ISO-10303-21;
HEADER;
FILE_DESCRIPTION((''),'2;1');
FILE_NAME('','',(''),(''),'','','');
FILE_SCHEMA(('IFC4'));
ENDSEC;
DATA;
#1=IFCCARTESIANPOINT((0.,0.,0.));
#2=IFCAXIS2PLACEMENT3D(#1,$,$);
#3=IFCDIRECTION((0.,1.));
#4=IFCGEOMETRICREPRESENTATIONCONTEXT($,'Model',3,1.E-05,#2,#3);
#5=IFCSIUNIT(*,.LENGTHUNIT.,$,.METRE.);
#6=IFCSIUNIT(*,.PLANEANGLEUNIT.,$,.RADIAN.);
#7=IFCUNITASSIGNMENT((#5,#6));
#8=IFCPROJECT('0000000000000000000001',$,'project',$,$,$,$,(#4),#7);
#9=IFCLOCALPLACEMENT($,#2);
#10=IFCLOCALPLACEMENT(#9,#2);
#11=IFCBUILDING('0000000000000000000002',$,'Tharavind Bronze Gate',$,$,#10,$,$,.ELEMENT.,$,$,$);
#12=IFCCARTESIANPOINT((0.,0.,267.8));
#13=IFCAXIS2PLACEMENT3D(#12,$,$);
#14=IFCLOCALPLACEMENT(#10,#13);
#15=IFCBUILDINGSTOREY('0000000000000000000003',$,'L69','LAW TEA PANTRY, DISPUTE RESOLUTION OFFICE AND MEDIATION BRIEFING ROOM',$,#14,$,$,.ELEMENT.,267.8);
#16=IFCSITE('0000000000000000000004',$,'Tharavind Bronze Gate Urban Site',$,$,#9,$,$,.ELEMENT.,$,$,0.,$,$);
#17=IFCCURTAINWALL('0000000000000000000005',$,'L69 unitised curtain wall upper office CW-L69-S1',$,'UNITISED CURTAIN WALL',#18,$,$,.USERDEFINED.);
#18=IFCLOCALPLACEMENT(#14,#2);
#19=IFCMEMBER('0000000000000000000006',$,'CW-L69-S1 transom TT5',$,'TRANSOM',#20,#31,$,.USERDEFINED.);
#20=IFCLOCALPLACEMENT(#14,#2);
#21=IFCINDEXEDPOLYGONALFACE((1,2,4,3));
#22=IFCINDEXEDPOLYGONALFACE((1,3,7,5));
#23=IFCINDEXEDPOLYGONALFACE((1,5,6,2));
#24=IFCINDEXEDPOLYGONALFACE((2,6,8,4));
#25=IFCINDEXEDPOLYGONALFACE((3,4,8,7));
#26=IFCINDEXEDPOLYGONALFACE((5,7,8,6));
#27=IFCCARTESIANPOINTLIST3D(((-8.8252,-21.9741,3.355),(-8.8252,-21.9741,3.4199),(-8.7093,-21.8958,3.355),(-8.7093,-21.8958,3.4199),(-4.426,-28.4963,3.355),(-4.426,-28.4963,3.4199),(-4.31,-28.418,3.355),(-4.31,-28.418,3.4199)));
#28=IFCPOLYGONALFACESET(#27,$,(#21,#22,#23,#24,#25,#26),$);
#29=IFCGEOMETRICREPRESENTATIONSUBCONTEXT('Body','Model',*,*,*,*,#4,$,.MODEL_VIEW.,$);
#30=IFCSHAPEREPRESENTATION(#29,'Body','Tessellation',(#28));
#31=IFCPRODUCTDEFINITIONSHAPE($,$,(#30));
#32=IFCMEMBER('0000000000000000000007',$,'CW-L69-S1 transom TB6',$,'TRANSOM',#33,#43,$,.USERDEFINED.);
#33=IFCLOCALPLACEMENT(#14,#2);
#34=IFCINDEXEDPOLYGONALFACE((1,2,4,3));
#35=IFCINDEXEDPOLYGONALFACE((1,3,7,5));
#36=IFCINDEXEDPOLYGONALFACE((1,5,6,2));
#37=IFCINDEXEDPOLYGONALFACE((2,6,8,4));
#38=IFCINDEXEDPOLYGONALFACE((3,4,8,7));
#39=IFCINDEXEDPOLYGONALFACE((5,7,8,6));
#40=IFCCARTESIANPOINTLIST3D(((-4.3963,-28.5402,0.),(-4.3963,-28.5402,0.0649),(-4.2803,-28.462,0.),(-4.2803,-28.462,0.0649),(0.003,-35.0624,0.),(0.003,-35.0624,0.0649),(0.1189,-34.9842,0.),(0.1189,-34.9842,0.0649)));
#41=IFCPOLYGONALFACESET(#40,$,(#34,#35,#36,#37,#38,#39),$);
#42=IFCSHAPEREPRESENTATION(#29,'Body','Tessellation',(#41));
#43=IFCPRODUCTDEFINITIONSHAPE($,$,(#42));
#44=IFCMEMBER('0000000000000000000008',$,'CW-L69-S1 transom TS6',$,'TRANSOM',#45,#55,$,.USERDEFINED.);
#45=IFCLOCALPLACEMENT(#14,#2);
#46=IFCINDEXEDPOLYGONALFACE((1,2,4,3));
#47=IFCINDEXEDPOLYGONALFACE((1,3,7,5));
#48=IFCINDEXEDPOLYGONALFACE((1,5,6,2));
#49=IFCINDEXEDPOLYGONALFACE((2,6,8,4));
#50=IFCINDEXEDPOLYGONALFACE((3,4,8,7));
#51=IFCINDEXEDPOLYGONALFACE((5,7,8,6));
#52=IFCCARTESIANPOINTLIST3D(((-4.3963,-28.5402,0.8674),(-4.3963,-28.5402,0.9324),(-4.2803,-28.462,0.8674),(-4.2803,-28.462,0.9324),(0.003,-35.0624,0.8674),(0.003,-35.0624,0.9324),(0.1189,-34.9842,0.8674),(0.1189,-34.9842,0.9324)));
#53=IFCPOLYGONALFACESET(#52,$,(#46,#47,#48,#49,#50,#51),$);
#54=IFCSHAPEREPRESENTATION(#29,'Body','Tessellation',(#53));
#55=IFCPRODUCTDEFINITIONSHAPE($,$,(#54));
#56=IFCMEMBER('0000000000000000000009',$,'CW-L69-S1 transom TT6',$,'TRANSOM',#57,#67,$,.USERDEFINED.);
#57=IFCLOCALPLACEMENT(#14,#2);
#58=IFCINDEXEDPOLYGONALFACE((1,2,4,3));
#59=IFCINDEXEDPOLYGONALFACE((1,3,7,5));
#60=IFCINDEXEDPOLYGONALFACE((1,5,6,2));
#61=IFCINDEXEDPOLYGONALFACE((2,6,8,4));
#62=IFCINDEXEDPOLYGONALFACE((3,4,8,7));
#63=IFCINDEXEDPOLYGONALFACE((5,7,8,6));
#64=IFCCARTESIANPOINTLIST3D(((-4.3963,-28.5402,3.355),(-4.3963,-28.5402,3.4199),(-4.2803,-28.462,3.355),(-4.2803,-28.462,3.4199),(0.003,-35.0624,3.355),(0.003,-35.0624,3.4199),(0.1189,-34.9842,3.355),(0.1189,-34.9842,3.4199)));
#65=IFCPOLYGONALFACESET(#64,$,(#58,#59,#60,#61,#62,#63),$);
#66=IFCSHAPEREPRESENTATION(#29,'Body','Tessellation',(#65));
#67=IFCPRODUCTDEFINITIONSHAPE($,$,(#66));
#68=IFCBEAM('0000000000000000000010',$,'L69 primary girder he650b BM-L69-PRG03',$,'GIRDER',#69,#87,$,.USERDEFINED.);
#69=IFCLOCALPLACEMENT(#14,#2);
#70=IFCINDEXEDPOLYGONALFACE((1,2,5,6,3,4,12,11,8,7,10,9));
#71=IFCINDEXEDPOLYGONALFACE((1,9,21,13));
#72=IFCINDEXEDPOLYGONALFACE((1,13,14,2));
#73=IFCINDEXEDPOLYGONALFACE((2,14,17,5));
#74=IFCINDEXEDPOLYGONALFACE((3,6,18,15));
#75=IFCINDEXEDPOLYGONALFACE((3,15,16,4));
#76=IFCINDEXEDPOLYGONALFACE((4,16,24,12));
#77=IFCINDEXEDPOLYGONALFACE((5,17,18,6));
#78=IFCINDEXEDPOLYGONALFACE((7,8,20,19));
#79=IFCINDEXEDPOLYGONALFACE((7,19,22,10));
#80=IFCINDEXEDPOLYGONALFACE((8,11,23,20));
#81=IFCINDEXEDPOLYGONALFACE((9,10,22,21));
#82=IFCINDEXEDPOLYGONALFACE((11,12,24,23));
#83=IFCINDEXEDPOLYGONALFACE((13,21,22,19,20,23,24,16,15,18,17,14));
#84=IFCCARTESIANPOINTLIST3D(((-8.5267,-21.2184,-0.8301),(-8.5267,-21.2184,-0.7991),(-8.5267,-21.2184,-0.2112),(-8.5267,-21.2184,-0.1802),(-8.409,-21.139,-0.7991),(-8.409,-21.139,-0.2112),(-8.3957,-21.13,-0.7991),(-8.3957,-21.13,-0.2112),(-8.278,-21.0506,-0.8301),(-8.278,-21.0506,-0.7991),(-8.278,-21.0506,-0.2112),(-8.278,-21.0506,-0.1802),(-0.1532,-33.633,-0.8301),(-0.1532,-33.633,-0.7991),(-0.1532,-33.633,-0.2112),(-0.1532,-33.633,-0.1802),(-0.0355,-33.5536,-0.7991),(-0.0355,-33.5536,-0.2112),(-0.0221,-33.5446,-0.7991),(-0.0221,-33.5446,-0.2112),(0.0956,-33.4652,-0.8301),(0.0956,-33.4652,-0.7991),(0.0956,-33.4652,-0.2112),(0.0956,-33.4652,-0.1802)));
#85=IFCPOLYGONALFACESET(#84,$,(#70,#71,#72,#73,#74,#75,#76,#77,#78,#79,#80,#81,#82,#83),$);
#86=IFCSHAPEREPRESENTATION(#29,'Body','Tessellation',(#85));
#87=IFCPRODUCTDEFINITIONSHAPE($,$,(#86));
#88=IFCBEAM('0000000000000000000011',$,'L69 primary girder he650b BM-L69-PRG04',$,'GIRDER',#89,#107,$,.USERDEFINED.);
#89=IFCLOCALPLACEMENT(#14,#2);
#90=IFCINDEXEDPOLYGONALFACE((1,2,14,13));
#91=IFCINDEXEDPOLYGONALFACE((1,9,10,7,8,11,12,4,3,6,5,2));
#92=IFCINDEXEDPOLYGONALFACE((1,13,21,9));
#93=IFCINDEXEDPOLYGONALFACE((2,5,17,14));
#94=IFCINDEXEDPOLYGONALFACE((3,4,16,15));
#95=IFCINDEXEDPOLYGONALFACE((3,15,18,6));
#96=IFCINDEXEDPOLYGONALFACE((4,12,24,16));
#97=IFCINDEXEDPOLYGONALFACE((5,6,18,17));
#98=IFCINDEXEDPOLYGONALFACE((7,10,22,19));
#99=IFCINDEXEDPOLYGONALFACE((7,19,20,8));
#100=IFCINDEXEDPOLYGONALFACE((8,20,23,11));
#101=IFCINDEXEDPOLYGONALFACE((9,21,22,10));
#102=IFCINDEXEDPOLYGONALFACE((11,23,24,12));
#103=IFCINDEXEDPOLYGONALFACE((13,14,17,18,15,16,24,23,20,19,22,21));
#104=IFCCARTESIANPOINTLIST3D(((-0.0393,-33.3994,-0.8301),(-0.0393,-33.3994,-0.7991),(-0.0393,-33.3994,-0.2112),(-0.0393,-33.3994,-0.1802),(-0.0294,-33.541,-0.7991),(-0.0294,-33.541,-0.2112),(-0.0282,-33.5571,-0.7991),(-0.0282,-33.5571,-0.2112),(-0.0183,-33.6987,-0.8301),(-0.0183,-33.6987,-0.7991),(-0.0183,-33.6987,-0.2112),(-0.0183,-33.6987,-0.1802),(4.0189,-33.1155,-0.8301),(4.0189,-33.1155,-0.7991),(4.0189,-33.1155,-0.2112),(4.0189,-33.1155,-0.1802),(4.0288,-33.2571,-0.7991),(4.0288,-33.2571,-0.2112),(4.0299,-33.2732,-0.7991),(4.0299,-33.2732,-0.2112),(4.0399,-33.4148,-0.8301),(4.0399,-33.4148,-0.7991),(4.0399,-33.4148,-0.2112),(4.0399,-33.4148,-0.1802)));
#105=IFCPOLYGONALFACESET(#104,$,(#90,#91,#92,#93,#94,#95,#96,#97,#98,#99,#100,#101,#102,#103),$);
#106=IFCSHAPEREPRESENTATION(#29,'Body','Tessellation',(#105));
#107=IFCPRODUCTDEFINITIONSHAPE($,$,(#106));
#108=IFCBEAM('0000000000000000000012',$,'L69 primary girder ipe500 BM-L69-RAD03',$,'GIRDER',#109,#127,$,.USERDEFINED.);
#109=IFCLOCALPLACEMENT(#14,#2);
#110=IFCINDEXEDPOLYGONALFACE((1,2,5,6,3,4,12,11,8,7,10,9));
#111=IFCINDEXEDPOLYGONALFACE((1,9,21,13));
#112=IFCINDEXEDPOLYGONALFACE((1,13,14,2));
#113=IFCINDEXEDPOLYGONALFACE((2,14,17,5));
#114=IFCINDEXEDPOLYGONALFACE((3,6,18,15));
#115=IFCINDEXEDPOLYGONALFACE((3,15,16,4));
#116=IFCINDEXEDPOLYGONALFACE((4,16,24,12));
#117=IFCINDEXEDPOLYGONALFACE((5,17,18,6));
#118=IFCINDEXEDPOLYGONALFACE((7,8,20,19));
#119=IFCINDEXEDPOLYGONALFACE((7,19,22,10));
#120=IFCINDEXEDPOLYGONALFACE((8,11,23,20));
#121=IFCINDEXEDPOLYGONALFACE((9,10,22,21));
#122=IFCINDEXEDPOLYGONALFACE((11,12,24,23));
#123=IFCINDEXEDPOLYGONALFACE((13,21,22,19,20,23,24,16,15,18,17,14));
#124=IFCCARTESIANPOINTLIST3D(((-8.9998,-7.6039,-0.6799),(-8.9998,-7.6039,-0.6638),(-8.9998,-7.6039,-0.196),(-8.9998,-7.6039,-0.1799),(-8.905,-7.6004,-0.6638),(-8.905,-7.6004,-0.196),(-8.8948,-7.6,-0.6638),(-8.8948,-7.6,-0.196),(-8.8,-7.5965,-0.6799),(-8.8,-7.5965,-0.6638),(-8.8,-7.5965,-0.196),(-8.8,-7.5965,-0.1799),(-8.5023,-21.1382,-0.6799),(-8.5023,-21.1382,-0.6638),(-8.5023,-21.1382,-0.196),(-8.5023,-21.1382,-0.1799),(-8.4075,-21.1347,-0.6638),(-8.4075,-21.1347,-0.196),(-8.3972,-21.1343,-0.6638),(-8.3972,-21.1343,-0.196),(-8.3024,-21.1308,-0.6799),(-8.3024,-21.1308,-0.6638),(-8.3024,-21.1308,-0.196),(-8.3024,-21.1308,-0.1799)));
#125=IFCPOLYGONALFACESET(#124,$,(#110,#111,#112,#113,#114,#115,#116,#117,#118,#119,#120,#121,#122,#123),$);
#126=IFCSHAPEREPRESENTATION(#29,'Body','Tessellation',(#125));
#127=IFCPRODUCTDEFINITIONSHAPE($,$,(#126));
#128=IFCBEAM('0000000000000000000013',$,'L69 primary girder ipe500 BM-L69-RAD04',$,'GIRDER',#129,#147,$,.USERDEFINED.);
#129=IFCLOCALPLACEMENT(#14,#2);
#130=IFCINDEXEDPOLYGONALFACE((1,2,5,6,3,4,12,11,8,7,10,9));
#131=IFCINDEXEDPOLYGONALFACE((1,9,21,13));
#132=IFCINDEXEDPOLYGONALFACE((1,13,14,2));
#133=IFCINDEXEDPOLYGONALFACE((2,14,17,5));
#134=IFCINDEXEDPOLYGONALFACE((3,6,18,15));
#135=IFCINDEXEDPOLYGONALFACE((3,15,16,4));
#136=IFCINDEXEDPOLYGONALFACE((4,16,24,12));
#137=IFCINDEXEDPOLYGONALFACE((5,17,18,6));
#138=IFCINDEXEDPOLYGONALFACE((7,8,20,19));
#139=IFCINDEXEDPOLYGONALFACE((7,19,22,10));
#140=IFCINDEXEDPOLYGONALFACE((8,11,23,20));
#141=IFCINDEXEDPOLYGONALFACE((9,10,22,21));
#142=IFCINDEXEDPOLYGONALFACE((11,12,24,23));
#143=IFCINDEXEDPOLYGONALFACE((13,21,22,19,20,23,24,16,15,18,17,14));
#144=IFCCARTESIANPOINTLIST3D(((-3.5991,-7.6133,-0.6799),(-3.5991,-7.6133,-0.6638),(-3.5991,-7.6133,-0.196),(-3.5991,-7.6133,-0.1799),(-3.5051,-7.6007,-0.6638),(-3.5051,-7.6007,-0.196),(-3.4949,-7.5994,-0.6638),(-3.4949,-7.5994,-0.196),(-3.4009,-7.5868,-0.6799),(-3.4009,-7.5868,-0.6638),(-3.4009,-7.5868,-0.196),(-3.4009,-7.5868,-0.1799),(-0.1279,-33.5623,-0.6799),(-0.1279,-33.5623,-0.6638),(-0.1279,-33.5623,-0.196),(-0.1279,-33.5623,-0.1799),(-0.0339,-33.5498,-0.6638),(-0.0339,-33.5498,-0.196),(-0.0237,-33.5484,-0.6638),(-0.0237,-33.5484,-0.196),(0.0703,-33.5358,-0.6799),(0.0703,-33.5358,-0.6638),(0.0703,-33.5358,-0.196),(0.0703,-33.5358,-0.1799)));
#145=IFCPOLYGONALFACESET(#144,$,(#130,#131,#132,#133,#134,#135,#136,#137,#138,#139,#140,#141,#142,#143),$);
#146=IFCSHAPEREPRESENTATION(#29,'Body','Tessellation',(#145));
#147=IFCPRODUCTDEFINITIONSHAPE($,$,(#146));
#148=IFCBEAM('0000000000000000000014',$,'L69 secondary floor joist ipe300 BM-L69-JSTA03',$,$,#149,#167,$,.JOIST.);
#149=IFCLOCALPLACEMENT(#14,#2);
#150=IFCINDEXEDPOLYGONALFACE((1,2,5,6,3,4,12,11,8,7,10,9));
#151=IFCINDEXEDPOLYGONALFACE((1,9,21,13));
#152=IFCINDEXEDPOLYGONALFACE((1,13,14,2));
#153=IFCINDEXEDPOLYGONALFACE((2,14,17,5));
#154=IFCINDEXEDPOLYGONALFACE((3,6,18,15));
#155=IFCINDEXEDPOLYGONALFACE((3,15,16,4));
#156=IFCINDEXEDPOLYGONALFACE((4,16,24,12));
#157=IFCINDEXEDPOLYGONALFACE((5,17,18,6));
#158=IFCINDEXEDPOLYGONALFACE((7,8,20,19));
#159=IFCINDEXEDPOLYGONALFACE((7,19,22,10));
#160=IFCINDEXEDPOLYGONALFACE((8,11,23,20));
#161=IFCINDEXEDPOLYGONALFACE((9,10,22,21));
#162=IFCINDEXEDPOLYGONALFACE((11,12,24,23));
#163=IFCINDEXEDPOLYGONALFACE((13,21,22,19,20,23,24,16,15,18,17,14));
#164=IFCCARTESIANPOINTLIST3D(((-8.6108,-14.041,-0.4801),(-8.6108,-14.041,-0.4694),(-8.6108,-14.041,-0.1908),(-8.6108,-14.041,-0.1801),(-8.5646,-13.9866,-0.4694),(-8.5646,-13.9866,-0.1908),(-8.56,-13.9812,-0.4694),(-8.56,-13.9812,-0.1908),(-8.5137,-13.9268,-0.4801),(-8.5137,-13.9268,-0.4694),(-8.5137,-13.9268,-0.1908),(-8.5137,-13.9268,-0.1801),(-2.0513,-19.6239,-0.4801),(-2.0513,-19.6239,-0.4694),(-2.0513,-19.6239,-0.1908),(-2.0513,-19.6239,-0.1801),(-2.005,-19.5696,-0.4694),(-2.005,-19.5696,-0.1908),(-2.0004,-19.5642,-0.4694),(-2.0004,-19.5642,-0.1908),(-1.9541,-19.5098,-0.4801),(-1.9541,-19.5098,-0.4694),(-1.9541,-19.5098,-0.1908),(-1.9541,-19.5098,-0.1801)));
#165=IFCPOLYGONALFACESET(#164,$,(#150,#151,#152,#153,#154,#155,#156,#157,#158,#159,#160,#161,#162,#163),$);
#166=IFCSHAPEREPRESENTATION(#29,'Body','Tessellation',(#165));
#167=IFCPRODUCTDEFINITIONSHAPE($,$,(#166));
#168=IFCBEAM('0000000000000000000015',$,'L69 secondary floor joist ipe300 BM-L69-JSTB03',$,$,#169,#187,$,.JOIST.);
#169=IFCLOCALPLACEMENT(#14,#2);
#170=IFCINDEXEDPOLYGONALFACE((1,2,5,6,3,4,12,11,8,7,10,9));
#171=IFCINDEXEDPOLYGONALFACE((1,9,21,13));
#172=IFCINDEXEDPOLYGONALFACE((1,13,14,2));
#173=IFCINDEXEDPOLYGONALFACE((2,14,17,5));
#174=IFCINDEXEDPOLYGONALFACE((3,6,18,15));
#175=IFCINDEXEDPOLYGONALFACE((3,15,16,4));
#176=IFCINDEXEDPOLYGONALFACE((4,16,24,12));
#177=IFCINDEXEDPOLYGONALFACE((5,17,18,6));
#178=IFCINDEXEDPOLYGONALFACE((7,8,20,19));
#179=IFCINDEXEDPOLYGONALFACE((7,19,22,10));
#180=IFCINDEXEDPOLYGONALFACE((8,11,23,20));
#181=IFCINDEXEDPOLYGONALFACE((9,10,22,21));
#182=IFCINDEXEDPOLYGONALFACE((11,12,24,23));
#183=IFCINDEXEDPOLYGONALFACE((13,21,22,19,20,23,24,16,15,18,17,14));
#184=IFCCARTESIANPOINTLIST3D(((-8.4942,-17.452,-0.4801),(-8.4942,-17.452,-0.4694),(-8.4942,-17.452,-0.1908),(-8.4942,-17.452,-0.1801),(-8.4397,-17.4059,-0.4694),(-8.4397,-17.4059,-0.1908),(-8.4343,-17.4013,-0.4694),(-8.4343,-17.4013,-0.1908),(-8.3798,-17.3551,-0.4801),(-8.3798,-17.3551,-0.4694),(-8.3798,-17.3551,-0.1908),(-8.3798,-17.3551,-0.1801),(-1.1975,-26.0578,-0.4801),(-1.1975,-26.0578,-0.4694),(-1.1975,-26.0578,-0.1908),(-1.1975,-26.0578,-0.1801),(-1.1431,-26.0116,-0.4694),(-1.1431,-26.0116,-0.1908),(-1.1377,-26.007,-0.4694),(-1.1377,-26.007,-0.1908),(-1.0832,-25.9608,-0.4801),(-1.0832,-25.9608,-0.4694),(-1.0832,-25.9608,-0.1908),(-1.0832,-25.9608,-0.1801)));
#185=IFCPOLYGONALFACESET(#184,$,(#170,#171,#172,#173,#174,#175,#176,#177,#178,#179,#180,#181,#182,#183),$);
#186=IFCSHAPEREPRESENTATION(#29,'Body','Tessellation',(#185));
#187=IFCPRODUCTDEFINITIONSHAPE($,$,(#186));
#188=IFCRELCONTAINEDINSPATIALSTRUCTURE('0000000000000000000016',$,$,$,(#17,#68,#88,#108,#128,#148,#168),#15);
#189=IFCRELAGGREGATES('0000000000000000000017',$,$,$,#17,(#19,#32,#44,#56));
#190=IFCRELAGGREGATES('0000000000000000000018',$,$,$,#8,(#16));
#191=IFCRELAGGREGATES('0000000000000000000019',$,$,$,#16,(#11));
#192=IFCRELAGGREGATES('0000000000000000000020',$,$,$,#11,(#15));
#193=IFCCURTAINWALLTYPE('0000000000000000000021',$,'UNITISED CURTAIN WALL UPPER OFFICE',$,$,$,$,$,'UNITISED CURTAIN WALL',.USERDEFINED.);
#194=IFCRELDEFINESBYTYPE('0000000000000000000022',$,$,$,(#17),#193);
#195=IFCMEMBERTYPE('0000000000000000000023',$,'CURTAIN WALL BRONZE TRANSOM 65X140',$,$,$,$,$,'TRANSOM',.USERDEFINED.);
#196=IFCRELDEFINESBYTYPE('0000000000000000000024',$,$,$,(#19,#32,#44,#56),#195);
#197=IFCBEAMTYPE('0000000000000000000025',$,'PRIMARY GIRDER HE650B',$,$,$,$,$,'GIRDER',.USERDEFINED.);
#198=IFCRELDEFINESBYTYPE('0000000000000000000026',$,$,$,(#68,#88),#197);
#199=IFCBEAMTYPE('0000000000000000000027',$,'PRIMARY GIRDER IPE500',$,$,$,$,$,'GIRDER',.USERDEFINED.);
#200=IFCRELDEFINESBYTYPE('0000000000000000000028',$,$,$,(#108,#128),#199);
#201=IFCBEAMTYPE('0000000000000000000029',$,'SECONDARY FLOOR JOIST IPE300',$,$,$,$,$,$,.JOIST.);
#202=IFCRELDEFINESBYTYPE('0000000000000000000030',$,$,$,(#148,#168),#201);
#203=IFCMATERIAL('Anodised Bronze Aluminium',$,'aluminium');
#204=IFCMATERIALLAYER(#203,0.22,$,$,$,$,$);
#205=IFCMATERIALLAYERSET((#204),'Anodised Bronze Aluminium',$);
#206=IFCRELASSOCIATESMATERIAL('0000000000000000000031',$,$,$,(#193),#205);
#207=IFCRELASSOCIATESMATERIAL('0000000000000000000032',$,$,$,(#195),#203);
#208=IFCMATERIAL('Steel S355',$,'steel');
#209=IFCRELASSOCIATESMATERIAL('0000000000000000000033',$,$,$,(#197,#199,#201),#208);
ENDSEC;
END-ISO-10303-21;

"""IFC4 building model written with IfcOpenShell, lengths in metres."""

from ifc_helpers import new_model, si_unit, direction, frame, origin, origin_2d, place, context, subcontext, project, spatial, rectangle, i_section, extrude, material, layer, layer_set, material_profile, profile_set, type_object, element, aggregate, save


model = new_model("IFC4")

# Units and contexts
model_context = context("Model", 3, precision=1e-05, world=origin(), true_north=direction((0.0, 1.0)))
body_context = subcontext(model_context, "Body", "Model", "MODEL_VIEW")
ifc_project = project(units=[si_unit("LENGTHUNIT", "METRE"), si_unit("PLANEANGLEUNIT", "RADIAN")], contexts=[model_context])

# Site, building, storey
site_placement = place(None, origin())
site = spatial("IfcSite", under=ifc_project, at=site_placement, Name="Tharavind Bronze Gate Urban Site", CompositionType="ELEMENT", RefElevation=0.0)
building_placement = place(site_placement, origin())
building = spatial("IfcBuilding", under=site, at=building_placement, Name="Tharavind Bronze Gate", CompositionType="ELEMENT")
storey_placement = place(building_placement, frame((0.0, 0.0, 267.8)))
storey = spatial("IfcBuildingStorey", under=building, at=storey_placement, Name="L69", Description="LAW TEA PANTRY, DISPUTE RESOLUTION OFFICE AND MEDIATION BRIEFING ROOM", CompositionType="ELEMENT", Elevation=267.8)

# Curtain wall, members
ifc_material_1 = material(Name="Anodised Bronze Aluminium", Category="aluminium")
ifc_layer_1 = layer(ifc_material_1, 0.22)
ifc_layer_set_1 = layer_set([ifc_layer_1], Name="Anodised Bronze Aluminium")
curtain_wall_type = type_object("IfcCurtainWallType", Name="UNITISED CURTAIN WALL UPPER OFFICE", ElementType="UNITISED CURTAIN WALL", PredefinedType="USERDEFINED", material=ifc_layer_set_1)
curtain_wall_placement = place(storey_placement, origin())
curtain_wall = element("IfcCurtainWall", 1, at=curtain_wall_placement, inside=storey, type_object=curtain_wall_type, Name="L69 unitised curtain wall upper office CW-L69-S1", ObjectType="UNITISED CURTAIN WALL", PredefinedType="USERDEFINED")
member_type_1 = type_object("IfcMemberType", Name="CURTAIN WALL BRONZE TRANSOM 65X140", ElementType="TRANSOM", PredefinedType="USERDEFINED", material=ifc_material_1)
member_1_placement = place(storey_placement, frame((-6.5676, -25.196, 3.355), z_axis=(0.0, 0.0, 1.0), x_axis=(0.559191, -0.829039, 0.0)))
member_1 = element("IfcMember", 2, at=member_1_placement, type_object=member_type_1, Name="CW-L69-S1 transom TT5", ObjectType="TRANSOM", PredefinedType="USERDEFINED", context=body_context, shape_type="SweptSolid", body=[
    extrude(rectangle(XDim=7.8672, YDim=0.1399, at=origin_2d()), origin(), (0.0, 0.0, 1.0), 0.0649),
])
member_2_placement = place(storey_placement, frame((-2.1387, -31.7622, 0.0), z_axis=(0.0, 0.0, 1.0), x_axis=(0.559191, -0.829039, 0.0)))
member_2 = element("IfcMember", 3, at=member_2_placement, type_object=member_type_1, Name="CW-L69-S1 transom TB6", ObjectType="TRANSOM", PredefinedType="USERDEFINED", context=body_context, shape_type="SweptSolid", body=[
    extrude(rectangle(XDim=7.8672, YDim=0.1399, at=origin_2d()), origin(), (0.0, 0.0, 1.0), 0.0649),
])
member_3_placement = place(storey_placement, frame((-2.1387, -31.7622, 0.8674), z_axis=(0.0, 0.0, 1.0), x_axis=(0.559191, -0.829039, 0.0)))
member_3 = element("IfcMember", 4, at=member_3_placement, type_object=member_type_1, Name="CW-L69-S1 transom TS6", ObjectType="TRANSOM", PredefinedType="USERDEFINED", context=body_context, shape_type="SweptSolid", body=[
    extrude(rectangle(XDim=7.8672, YDim=0.1399, at=origin_2d()), origin(), (0.0, 0.0, 1.0), 0.0649),
])
member_4_placement = place(storey_placement, frame((-2.1387, -31.7622, 3.355), z_axis=(0.0, 0.0, 1.0), x_axis=(0.559191, -0.829039, 0.0)))
member_4 = element("IfcMember", 5, at=member_4_placement, type_object=member_type_1, Name="CW-L69-S1 transom TT6", ObjectType="TRANSOM", PredefinedType="USERDEFINED", context=body_context, shape_type="SweptSolid", body=[
    extrude(rectangle(XDim=7.8672, YDim=0.1399, at=origin_2d()), origin(), (0.0, 0.0, 1.0), 0.0649),
])

# Beams
ifc_material_2 = material(Name="Steel S355", Category="steel")
ifc_material_profile_1 = material_profile(ifc_material_2, i_section(OverallWidth=0.3, OverallDepth=0.6499, WebThickness=0.0161, FlangeThickness=0.031, at=origin_2d()), Name="HE650B")
ifc_profile_set_1 = profile_set([ifc_material_profile_1], Name="Steel S355")
beam_type_1 = type_object("IfcBeamType", Name="PRIMARY GIRDER HE650B", ElementType="GIRDER", PredefinedType="USERDEFINED", material=ifc_profile_set_1)
beam_1_placement = place(storey_placement, frame((-8.4023, -21.1345, -0.5051), z_axis=(0.559184, -0.829043, 0.0), x_axis=(0.829043, 0.559184, 0.0)))
element("IfcBeam", 6, at=beam_1_placement, inside=storey, type_object=beam_type_1, Name="L69 primary girder he650b BM-L69-PRG03", ObjectType="GIRDER", PredefinedType="USERDEFINED", context=body_context, shape_type="SweptSolid", body=[
    extrude(i_section(OverallWidth=0.3, OverallDepth=0.6499, WebThickness=0.0161, FlangeThickness=0.031, at=origin_2d()), origin(), (0.0, 0.0, 1.0), 14.9746),
])
beam_2_placement = place(storey_placement, frame((-0.0288, -33.5491, -0.5051), z_axis=(0.997561, 0.069797, 0.0), x_axis=(-0.069797, 0.997561, 0.0)))
element("IfcBeam", 7, at=beam_2_placement, inside=storey, type_object=beam_type_1, Name="L69 primary girder he650b BM-L69-PRG04", ObjectType="GIRDER", PredefinedType="USERDEFINED", context=body_context, shape_type="SweptSolid", body=[
    extrude(i_section(OverallWidth=0.3, OverallDepth=0.6499, WebThickness=0.0161, FlangeThickness=0.031, at=origin_2d()), origin(), (0.0, 0.0, 1.0), 4.0681),
])
ifc_material_profile_2 = material_profile(ifc_material_2, i_section(OverallWidth=0.2, OverallDepth=0.5, WebThickness=0.0103, FlangeThickness=0.0161, at=origin_2d()), Name="IPE500")
ifc_profile_set_2 = profile_set([ifc_material_profile_2], Name="Steel S355")
beam_type_2 = type_object("IfcBeamType", Name="PRIMARY GIRDER IPE500", ElementType="GIRDER", PredefinedType="USERDEFINED", material=ifc_profile_set_2)
beam_3_placement = place(storey_placement, frame((-8.4023, -21.1345, -0.4299), z_axis=(-0.036738, 0.999325, 0.0), x_axis=(-0.999325, -0.036738, 0.0)))
element("IfcBeam", 8, at=beam_3_placement, inside=storey, type_object=beam_type_2, Name="L69 primary girder ipe500 BM-L69-RAD03", ObjectType="GIRDER", PredefinedType="USERDEFINED", context=body_context, shape_type="SweptSolid", body=[
    extrude(i_section(OverallWidth=0.2, OverallDepth=0.5, WebThickness=0.0103, FlangeThickness=0.0161, at=origin_2d()), origin(), (0.0, 0.0, 1.0), 13.5435),
])
beam_4_placement = place(storey_placement, frame((-0.0288, -33.5491, -0.4299), z_axis=(-0.132589, 0.991171, 0.0), x_axis=(-0.991171, -0.132589, 0.0)))
element("IfcBeam", 9, at=beam_4_placement, inside=storey, type_object=beam_type_2, Name="L69 primary girder ipe500 BM-L69-RAD04", ObjectType="GIRDER", PredefinedType="USERDEFINED", context=body_context, shape_type="SweptSolid", body=[
    extrude(i_section(OverallWidth=0.2, OverallDepth=0.5, WebThickness=0.0103, FlangeThickness=0.0161, at=origin_2d()), origin(), (0.0, 0.0, 1.0), 26.1802),
])
ifc_material_profile_3 = material_profile(ifc_material_2, i_section(OverallWidth=0.1499, OverallDepth=0.3, WebThickness=0.0071, FlangeThickness=0.0107, at=origin_2d()), Name="IPE300")
ifc_profile_set_3 = profile_set([ifc_material_profile_3], Name="Steel S355")
beam_type_3 = type_object("IfcBeamType", Name="SECONDARY FLOOR JOIST IPE300", PredefinedType="JOIST", material=ifc_profile_set_3)
beam_5_placement = place(storey_placement, frame((-8.5623, -13.9839, -0.3301), z_axis=(0.761517, -0.648145, 0.0), x_axis=(0.648145, 0.761517, 0.0)))
element("IfcBeam", 10, at=beam_5_placement, inside=storey, type_object=beam_type_3, Name="L69 secondary floor joist ipe300 BM-L69-JSTA03", PredefinedType="JOIST", context=body_context, shape_type="SweptSolid", body=[
    extrude(i_section(OverallWidth=0.1499, OverallDepth=0.3, WebThickness=0.0071, FlangeThickness=0.0107, at=origin_2d()), origin(), (0.0, 0.0, 1.0), 8.6138),
])
beam_6_placement = place(storey_placement, frame((-8.437, -17.4036, -0.3301), z_axis=(0.64671, -0.762736, 0.0), x_axis=(0.762736, 0.64671, 0.0)))
element("IfcBeam", 11, at=beam_6_placement, inside=storey, type_object=beam_type_3, Name="L69 secondary floor joist ipe300 BM-L69-JSTB03", PredefinedType="JOIST", context=body_context, shape_type="SweptSolid", body=[
    extrude(i_section(OverallWidth=0.1499, OverallDepth=0.3, WebThickness=0.0071, FlangeThickness=0.0107, at=origin_2d()), origin(), (0.0, 0.0, 1.0), 11.2827),
])

aggregate(curtain_wall, [member_1, member_2, member_3, member_4])

save(model, "model.ifc")
